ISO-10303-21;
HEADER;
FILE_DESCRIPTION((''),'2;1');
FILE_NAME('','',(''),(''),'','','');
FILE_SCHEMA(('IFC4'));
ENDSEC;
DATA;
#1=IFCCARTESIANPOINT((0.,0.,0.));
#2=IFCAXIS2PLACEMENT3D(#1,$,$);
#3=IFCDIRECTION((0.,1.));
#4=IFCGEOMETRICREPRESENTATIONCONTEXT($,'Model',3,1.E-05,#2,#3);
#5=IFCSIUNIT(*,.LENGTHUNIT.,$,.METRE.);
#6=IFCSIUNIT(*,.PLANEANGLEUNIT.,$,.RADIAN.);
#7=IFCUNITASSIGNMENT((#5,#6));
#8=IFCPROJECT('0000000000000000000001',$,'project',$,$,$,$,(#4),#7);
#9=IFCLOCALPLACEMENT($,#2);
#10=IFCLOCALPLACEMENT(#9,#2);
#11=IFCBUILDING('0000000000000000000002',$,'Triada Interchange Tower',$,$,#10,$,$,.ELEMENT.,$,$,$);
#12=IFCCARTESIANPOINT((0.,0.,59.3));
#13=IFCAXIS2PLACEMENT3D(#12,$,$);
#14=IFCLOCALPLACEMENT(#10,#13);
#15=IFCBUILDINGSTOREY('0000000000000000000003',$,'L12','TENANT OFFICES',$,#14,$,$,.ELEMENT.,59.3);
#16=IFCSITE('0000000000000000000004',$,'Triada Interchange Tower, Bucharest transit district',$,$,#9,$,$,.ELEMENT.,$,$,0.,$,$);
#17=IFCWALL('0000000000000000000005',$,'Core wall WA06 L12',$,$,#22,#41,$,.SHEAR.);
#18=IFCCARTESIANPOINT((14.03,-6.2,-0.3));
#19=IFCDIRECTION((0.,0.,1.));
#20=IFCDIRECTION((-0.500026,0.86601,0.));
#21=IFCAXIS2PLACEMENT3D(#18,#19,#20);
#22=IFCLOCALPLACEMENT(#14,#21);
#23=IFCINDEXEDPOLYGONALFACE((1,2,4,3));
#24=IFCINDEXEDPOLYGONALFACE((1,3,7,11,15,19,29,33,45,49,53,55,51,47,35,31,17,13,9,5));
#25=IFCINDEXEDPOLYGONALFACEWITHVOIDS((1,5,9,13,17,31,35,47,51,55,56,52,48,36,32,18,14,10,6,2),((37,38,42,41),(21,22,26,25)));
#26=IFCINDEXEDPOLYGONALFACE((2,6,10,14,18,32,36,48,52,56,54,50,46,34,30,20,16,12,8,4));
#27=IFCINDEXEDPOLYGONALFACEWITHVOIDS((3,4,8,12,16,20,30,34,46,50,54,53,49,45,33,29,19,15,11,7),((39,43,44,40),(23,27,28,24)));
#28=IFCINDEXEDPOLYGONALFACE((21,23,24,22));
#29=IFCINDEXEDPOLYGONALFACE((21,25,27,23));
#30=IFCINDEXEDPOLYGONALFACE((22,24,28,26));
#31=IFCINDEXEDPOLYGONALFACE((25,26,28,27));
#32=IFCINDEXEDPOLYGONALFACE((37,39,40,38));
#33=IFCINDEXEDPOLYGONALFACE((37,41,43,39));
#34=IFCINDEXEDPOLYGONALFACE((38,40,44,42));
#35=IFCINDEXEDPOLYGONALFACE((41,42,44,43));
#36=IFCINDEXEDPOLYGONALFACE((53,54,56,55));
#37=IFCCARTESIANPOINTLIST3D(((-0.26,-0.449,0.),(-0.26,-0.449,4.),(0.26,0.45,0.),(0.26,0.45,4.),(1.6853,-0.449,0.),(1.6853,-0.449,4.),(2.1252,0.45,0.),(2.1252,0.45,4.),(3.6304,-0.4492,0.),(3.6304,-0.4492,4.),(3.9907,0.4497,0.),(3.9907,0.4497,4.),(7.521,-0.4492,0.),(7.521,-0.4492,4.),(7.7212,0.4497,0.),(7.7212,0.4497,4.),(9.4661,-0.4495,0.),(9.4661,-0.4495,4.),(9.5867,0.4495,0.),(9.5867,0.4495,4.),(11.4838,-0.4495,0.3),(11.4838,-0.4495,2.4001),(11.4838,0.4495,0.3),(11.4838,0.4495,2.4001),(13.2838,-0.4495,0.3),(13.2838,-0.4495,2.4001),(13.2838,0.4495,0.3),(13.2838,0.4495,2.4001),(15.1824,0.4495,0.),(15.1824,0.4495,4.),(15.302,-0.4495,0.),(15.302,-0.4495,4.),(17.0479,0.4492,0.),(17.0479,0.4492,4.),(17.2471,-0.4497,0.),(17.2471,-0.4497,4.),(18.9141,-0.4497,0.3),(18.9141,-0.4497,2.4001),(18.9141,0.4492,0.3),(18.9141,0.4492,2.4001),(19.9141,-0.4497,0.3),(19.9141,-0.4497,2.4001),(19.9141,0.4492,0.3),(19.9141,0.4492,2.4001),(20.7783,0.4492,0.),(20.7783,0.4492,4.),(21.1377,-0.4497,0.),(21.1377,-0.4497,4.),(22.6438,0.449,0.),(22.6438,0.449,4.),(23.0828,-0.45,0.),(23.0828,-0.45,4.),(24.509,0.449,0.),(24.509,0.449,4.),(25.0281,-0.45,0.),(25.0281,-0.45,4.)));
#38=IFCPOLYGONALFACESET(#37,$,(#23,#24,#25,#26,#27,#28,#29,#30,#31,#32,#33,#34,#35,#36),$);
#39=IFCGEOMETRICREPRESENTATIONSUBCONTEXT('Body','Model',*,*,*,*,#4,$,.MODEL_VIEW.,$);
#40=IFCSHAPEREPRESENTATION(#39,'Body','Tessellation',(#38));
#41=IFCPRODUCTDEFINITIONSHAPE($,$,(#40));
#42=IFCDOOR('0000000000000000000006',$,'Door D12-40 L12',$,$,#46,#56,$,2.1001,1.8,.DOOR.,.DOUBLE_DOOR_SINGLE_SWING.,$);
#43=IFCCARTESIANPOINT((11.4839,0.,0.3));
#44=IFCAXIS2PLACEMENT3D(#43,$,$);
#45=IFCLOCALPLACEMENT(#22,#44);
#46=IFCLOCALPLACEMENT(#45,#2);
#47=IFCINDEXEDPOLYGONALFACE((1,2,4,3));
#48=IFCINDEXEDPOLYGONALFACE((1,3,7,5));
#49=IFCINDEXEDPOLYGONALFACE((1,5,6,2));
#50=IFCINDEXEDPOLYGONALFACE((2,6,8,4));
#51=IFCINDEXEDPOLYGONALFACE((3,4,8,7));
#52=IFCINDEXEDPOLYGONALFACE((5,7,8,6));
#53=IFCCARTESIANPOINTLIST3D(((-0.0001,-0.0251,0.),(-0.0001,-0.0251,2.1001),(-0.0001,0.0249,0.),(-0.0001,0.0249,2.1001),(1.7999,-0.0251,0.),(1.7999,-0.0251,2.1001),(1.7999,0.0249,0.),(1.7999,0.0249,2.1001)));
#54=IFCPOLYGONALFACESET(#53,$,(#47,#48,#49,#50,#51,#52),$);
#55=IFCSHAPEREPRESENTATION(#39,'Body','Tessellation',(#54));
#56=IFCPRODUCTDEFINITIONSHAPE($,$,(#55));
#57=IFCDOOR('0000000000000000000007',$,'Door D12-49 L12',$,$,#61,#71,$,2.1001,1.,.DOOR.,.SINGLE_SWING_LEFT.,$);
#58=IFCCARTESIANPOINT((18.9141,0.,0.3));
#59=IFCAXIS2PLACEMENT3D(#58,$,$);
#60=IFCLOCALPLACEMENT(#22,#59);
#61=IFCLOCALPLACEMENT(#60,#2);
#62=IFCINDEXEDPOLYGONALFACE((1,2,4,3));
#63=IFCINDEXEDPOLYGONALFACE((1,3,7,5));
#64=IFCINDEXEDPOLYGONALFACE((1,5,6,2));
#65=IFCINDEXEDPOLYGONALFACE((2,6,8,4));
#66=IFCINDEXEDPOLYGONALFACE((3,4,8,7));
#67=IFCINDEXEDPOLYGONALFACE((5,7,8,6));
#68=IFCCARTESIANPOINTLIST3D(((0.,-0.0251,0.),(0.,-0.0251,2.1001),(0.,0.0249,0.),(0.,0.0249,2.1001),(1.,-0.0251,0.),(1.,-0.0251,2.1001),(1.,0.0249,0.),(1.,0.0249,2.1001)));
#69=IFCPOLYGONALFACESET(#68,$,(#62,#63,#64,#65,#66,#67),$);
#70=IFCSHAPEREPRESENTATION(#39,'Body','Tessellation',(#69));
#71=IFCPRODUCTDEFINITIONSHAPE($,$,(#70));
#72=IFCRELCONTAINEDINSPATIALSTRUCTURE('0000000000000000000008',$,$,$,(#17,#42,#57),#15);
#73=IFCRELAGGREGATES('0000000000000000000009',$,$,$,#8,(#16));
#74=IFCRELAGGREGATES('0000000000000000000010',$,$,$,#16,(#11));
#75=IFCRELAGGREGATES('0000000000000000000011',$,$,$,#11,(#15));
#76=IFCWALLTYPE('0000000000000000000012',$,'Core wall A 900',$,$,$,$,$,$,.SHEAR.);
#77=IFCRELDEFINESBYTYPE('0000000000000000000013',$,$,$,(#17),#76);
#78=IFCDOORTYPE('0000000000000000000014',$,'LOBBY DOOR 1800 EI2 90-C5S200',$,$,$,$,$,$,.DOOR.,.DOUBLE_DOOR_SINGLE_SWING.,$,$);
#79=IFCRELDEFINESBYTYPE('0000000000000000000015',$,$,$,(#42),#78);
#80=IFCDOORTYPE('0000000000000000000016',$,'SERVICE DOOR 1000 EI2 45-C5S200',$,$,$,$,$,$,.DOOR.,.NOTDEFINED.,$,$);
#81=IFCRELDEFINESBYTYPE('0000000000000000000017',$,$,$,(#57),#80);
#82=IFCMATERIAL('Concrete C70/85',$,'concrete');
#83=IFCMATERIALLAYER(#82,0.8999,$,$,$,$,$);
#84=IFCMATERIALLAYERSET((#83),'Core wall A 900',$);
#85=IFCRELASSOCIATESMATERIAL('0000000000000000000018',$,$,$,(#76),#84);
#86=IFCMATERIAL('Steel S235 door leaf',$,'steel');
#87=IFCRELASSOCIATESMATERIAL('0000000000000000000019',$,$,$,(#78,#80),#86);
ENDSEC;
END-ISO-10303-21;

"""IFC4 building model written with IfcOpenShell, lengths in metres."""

from ifc_helpers import new_model, si_unit, direction, frame, frame_2d, origin, place, context, subcontext, project, spatial, polyline, rectangle, outline, extrude, material, layer, layer_set, type_object, element, fill, save


model = new_model("IFC4")

# Units and contexts
model_context = context("Model", 3, precision=1e-05, world=origin(), true_north=direction((0.0, 1.0)))
body_context = subcontext(model_context, "Body", "Model", "MODEL_VIEW")
ifc_project = project(units=[si_unit("LENGTHUNIT", "METRE"), si_unit("PLANEANGLEUNIT", "RADIAN")], contexts=[model_context])

# Site, building, storey
site_placement = place(None, origin())
site = spatial("IfcSite", under=ifc_project, at=site_placement, Name="Triada Interchange Tower, Bucharest transit district", CompositionType="ELEMENT", RefElevation=0.0)
building_placement = place(site_placement, origin())
building = spatial("IfcBuilding", under=site, at=building_placement, Name="Triada Interchange Tower", CompositionType="ELEMENT")
storey_placement = place(building_placement, frame((0.0, 0.0, 59.3)))
storey = spatial("IfcBuildingStorey", under=building, at=storey_placement, Name="L12", Description="TENANT OFFICES", CompositionType="ELEMENT", Elevation=59.3)

# Shared definitions
ifc_material_1 = material(Name="Steel S235 door leaf", Category="steel")

# Shared definitions
ifc_material_2 = material(Name="Concrete C70/85", Category="concrete")
ifc_layer_1 = layer(ifc_material_2, 0.8999)
ifc_layer_set_1 = layer_set([ifc_layer_1], Name="Core wall A 900")
wall_type_1 = type_object("IfcWallType", Name="Core wall A 900", PredefinedType="SHEAR", material=ifc_layer_set_1)

# Wall, openings, doors
wall_1_placement = place(storey_placement, frame((14.03, -6.2, -0.3), z_axis=(0.0, 0.0, 1.0), x_axis=(-0.500026, 0.86601, 0.0)))
wall_1 = element("IfcWall", 1, at=wall_1_placement, inside=storey, type_object=wall_type_1, Name="Core wall WA06 L12", PredefinedType="SHEAR", context=body_context, shape_type="SweptSolid", body=[
    extrude(outline(polyline([(-0.26, -0.449), (1.6853, -0.449), (3.6304, -0.4492), (5.5757, -0.4492), (7.521, -0.4492), (9.4661, -0.4495), (11.4114, -0.4495), (13.3567, -0.4495), (15.302, -0.4495), (17.2471, -0.4497), (19.1924, -0.4497), (21.1377, -0.4497), (23.0828, -0.45), (25.0281, -0.45), (24.509, 0.449), (22.6438, 0.449), (20.7783, 0.4492), (18.9131, 0.4492), (17.0479, 0.4492), (15.1824, 0.4495), (13.3171, 0.4495), (11.4519, 0.4495), (9.5867, 0.4495), (7.7212, 0.4497), (5.856, 0.4497), (3.9907, 0.4497), (2.1252, 0.45), (0.26, 0.45), (-0.26, -0.449)])), origin(), (0.0, 0.0, 1.0), 4.0),
])
opening_1_placement = place(wall_1_placement, frame((11.4839, 0.0, 0.3)))
opening_1 = element("IfcOpeningElement", 2, at=opening_1_placement, cuts=wall_1, PredefinedType="OPENING", context=body_context, shape_type="SweptSolid", body=[
    extrude(rectangle(XDim=1.8, YDim=2.1001, at=frame_2d((0.8999, 1.05))), frame((0.0, 0.46, 0.0), z_axis=(0.0, -1.0, 0.0), x_axis=(1.0, 0.0, 0.0)), (0.0, 0.0, 1.0), 0.9199),
])
opening_2_placement = place(wall_1_placement, frame((18.9141, 0.0, 0.3)))
opening_2 = element("IfcOpeningElement", 3, at=opening_2_placement, cuts=wall_1, PredefinedType="OPENING", context=body_context, shape_type="SweptSolid", body=[
    extrude(rectangle(XDim=1.0, YDim=2.1001, at=frame_2d((0.5, 1.05))), frame((0.0, 0.46, 0.0), z_axis=(0.0, -1.0, 0.0), x_axis=(1.0, 0.0, 0.0)), (0.0, 0.0, 1.0), 0.9199),
])
door_type_1 = type_object("IfcDoorType", Name="LOBBY DOOR 1800 EI2 90-C5S200", OperationType="DOUBLE_DOOR_SINGLE_SWING", PredefinedType="DOOR", material=ifc_material_1)
door_1_placement = place(opening_1_placement, origin())
door_1 = element("IfcDoor", 4, at=door_1_placement, inside=storey, type_object=door_type_1, Name="Door D12-40 L12", OperationType="DOUBLE_DOOR_SINGLE_SWING", OverallHeight=2.1001, OverallWidth=1.8, PredefinedType="DOOR", context=body_context, shape_type="SweptSolid", body=[
    extrude(rectangle(XDim=1.8, YDim=2.1001, at=frame_2d((0.8999, 1.05))), frame((0.0, 0.0249, 0.0), z_axis=(0.0, -1.0, 0.0), x_axis=(1.0, 0.0, 0.0)), (0.0, 0.0, 1.0), 0.05),
])
fill(opening_1, door_1)
door_type_2 = type_object("IfcDoorType", Name="SERVICE DOOR 1000 EI2 45-C5S200", OperationType="NOTDEFINED", PredefinedType="DOOR", material=ifc_material_1)
door_2_placement = place(opening_2_placement, origin())
door_2 = element("IfcDoor", 5, at=door_2_placement, inside=storey, type_object=door_type_2, Name="Door D12-49 L12", OperationType="SINGLE_SWING_LEFT", OverallHeight=2.1001, OverallWidth=1.0, PredefinedType="DOOR", context=body_context, shape_type="SweptSolid", body=[
    extrude(rectangle(XDim=1.0, YDim=2.1001, at=frame_2d((0.5, 1.05))), frame((0.0, 0.0249, 0.0), z_axis=(0.0, -1.0, 0.0), x_axis=(1.0, 0.0, 0.0)), (0.0, 0.0, 1.0), 0.05),
])
fill(opening_2, door_2)

save(model, "model.ifc")
